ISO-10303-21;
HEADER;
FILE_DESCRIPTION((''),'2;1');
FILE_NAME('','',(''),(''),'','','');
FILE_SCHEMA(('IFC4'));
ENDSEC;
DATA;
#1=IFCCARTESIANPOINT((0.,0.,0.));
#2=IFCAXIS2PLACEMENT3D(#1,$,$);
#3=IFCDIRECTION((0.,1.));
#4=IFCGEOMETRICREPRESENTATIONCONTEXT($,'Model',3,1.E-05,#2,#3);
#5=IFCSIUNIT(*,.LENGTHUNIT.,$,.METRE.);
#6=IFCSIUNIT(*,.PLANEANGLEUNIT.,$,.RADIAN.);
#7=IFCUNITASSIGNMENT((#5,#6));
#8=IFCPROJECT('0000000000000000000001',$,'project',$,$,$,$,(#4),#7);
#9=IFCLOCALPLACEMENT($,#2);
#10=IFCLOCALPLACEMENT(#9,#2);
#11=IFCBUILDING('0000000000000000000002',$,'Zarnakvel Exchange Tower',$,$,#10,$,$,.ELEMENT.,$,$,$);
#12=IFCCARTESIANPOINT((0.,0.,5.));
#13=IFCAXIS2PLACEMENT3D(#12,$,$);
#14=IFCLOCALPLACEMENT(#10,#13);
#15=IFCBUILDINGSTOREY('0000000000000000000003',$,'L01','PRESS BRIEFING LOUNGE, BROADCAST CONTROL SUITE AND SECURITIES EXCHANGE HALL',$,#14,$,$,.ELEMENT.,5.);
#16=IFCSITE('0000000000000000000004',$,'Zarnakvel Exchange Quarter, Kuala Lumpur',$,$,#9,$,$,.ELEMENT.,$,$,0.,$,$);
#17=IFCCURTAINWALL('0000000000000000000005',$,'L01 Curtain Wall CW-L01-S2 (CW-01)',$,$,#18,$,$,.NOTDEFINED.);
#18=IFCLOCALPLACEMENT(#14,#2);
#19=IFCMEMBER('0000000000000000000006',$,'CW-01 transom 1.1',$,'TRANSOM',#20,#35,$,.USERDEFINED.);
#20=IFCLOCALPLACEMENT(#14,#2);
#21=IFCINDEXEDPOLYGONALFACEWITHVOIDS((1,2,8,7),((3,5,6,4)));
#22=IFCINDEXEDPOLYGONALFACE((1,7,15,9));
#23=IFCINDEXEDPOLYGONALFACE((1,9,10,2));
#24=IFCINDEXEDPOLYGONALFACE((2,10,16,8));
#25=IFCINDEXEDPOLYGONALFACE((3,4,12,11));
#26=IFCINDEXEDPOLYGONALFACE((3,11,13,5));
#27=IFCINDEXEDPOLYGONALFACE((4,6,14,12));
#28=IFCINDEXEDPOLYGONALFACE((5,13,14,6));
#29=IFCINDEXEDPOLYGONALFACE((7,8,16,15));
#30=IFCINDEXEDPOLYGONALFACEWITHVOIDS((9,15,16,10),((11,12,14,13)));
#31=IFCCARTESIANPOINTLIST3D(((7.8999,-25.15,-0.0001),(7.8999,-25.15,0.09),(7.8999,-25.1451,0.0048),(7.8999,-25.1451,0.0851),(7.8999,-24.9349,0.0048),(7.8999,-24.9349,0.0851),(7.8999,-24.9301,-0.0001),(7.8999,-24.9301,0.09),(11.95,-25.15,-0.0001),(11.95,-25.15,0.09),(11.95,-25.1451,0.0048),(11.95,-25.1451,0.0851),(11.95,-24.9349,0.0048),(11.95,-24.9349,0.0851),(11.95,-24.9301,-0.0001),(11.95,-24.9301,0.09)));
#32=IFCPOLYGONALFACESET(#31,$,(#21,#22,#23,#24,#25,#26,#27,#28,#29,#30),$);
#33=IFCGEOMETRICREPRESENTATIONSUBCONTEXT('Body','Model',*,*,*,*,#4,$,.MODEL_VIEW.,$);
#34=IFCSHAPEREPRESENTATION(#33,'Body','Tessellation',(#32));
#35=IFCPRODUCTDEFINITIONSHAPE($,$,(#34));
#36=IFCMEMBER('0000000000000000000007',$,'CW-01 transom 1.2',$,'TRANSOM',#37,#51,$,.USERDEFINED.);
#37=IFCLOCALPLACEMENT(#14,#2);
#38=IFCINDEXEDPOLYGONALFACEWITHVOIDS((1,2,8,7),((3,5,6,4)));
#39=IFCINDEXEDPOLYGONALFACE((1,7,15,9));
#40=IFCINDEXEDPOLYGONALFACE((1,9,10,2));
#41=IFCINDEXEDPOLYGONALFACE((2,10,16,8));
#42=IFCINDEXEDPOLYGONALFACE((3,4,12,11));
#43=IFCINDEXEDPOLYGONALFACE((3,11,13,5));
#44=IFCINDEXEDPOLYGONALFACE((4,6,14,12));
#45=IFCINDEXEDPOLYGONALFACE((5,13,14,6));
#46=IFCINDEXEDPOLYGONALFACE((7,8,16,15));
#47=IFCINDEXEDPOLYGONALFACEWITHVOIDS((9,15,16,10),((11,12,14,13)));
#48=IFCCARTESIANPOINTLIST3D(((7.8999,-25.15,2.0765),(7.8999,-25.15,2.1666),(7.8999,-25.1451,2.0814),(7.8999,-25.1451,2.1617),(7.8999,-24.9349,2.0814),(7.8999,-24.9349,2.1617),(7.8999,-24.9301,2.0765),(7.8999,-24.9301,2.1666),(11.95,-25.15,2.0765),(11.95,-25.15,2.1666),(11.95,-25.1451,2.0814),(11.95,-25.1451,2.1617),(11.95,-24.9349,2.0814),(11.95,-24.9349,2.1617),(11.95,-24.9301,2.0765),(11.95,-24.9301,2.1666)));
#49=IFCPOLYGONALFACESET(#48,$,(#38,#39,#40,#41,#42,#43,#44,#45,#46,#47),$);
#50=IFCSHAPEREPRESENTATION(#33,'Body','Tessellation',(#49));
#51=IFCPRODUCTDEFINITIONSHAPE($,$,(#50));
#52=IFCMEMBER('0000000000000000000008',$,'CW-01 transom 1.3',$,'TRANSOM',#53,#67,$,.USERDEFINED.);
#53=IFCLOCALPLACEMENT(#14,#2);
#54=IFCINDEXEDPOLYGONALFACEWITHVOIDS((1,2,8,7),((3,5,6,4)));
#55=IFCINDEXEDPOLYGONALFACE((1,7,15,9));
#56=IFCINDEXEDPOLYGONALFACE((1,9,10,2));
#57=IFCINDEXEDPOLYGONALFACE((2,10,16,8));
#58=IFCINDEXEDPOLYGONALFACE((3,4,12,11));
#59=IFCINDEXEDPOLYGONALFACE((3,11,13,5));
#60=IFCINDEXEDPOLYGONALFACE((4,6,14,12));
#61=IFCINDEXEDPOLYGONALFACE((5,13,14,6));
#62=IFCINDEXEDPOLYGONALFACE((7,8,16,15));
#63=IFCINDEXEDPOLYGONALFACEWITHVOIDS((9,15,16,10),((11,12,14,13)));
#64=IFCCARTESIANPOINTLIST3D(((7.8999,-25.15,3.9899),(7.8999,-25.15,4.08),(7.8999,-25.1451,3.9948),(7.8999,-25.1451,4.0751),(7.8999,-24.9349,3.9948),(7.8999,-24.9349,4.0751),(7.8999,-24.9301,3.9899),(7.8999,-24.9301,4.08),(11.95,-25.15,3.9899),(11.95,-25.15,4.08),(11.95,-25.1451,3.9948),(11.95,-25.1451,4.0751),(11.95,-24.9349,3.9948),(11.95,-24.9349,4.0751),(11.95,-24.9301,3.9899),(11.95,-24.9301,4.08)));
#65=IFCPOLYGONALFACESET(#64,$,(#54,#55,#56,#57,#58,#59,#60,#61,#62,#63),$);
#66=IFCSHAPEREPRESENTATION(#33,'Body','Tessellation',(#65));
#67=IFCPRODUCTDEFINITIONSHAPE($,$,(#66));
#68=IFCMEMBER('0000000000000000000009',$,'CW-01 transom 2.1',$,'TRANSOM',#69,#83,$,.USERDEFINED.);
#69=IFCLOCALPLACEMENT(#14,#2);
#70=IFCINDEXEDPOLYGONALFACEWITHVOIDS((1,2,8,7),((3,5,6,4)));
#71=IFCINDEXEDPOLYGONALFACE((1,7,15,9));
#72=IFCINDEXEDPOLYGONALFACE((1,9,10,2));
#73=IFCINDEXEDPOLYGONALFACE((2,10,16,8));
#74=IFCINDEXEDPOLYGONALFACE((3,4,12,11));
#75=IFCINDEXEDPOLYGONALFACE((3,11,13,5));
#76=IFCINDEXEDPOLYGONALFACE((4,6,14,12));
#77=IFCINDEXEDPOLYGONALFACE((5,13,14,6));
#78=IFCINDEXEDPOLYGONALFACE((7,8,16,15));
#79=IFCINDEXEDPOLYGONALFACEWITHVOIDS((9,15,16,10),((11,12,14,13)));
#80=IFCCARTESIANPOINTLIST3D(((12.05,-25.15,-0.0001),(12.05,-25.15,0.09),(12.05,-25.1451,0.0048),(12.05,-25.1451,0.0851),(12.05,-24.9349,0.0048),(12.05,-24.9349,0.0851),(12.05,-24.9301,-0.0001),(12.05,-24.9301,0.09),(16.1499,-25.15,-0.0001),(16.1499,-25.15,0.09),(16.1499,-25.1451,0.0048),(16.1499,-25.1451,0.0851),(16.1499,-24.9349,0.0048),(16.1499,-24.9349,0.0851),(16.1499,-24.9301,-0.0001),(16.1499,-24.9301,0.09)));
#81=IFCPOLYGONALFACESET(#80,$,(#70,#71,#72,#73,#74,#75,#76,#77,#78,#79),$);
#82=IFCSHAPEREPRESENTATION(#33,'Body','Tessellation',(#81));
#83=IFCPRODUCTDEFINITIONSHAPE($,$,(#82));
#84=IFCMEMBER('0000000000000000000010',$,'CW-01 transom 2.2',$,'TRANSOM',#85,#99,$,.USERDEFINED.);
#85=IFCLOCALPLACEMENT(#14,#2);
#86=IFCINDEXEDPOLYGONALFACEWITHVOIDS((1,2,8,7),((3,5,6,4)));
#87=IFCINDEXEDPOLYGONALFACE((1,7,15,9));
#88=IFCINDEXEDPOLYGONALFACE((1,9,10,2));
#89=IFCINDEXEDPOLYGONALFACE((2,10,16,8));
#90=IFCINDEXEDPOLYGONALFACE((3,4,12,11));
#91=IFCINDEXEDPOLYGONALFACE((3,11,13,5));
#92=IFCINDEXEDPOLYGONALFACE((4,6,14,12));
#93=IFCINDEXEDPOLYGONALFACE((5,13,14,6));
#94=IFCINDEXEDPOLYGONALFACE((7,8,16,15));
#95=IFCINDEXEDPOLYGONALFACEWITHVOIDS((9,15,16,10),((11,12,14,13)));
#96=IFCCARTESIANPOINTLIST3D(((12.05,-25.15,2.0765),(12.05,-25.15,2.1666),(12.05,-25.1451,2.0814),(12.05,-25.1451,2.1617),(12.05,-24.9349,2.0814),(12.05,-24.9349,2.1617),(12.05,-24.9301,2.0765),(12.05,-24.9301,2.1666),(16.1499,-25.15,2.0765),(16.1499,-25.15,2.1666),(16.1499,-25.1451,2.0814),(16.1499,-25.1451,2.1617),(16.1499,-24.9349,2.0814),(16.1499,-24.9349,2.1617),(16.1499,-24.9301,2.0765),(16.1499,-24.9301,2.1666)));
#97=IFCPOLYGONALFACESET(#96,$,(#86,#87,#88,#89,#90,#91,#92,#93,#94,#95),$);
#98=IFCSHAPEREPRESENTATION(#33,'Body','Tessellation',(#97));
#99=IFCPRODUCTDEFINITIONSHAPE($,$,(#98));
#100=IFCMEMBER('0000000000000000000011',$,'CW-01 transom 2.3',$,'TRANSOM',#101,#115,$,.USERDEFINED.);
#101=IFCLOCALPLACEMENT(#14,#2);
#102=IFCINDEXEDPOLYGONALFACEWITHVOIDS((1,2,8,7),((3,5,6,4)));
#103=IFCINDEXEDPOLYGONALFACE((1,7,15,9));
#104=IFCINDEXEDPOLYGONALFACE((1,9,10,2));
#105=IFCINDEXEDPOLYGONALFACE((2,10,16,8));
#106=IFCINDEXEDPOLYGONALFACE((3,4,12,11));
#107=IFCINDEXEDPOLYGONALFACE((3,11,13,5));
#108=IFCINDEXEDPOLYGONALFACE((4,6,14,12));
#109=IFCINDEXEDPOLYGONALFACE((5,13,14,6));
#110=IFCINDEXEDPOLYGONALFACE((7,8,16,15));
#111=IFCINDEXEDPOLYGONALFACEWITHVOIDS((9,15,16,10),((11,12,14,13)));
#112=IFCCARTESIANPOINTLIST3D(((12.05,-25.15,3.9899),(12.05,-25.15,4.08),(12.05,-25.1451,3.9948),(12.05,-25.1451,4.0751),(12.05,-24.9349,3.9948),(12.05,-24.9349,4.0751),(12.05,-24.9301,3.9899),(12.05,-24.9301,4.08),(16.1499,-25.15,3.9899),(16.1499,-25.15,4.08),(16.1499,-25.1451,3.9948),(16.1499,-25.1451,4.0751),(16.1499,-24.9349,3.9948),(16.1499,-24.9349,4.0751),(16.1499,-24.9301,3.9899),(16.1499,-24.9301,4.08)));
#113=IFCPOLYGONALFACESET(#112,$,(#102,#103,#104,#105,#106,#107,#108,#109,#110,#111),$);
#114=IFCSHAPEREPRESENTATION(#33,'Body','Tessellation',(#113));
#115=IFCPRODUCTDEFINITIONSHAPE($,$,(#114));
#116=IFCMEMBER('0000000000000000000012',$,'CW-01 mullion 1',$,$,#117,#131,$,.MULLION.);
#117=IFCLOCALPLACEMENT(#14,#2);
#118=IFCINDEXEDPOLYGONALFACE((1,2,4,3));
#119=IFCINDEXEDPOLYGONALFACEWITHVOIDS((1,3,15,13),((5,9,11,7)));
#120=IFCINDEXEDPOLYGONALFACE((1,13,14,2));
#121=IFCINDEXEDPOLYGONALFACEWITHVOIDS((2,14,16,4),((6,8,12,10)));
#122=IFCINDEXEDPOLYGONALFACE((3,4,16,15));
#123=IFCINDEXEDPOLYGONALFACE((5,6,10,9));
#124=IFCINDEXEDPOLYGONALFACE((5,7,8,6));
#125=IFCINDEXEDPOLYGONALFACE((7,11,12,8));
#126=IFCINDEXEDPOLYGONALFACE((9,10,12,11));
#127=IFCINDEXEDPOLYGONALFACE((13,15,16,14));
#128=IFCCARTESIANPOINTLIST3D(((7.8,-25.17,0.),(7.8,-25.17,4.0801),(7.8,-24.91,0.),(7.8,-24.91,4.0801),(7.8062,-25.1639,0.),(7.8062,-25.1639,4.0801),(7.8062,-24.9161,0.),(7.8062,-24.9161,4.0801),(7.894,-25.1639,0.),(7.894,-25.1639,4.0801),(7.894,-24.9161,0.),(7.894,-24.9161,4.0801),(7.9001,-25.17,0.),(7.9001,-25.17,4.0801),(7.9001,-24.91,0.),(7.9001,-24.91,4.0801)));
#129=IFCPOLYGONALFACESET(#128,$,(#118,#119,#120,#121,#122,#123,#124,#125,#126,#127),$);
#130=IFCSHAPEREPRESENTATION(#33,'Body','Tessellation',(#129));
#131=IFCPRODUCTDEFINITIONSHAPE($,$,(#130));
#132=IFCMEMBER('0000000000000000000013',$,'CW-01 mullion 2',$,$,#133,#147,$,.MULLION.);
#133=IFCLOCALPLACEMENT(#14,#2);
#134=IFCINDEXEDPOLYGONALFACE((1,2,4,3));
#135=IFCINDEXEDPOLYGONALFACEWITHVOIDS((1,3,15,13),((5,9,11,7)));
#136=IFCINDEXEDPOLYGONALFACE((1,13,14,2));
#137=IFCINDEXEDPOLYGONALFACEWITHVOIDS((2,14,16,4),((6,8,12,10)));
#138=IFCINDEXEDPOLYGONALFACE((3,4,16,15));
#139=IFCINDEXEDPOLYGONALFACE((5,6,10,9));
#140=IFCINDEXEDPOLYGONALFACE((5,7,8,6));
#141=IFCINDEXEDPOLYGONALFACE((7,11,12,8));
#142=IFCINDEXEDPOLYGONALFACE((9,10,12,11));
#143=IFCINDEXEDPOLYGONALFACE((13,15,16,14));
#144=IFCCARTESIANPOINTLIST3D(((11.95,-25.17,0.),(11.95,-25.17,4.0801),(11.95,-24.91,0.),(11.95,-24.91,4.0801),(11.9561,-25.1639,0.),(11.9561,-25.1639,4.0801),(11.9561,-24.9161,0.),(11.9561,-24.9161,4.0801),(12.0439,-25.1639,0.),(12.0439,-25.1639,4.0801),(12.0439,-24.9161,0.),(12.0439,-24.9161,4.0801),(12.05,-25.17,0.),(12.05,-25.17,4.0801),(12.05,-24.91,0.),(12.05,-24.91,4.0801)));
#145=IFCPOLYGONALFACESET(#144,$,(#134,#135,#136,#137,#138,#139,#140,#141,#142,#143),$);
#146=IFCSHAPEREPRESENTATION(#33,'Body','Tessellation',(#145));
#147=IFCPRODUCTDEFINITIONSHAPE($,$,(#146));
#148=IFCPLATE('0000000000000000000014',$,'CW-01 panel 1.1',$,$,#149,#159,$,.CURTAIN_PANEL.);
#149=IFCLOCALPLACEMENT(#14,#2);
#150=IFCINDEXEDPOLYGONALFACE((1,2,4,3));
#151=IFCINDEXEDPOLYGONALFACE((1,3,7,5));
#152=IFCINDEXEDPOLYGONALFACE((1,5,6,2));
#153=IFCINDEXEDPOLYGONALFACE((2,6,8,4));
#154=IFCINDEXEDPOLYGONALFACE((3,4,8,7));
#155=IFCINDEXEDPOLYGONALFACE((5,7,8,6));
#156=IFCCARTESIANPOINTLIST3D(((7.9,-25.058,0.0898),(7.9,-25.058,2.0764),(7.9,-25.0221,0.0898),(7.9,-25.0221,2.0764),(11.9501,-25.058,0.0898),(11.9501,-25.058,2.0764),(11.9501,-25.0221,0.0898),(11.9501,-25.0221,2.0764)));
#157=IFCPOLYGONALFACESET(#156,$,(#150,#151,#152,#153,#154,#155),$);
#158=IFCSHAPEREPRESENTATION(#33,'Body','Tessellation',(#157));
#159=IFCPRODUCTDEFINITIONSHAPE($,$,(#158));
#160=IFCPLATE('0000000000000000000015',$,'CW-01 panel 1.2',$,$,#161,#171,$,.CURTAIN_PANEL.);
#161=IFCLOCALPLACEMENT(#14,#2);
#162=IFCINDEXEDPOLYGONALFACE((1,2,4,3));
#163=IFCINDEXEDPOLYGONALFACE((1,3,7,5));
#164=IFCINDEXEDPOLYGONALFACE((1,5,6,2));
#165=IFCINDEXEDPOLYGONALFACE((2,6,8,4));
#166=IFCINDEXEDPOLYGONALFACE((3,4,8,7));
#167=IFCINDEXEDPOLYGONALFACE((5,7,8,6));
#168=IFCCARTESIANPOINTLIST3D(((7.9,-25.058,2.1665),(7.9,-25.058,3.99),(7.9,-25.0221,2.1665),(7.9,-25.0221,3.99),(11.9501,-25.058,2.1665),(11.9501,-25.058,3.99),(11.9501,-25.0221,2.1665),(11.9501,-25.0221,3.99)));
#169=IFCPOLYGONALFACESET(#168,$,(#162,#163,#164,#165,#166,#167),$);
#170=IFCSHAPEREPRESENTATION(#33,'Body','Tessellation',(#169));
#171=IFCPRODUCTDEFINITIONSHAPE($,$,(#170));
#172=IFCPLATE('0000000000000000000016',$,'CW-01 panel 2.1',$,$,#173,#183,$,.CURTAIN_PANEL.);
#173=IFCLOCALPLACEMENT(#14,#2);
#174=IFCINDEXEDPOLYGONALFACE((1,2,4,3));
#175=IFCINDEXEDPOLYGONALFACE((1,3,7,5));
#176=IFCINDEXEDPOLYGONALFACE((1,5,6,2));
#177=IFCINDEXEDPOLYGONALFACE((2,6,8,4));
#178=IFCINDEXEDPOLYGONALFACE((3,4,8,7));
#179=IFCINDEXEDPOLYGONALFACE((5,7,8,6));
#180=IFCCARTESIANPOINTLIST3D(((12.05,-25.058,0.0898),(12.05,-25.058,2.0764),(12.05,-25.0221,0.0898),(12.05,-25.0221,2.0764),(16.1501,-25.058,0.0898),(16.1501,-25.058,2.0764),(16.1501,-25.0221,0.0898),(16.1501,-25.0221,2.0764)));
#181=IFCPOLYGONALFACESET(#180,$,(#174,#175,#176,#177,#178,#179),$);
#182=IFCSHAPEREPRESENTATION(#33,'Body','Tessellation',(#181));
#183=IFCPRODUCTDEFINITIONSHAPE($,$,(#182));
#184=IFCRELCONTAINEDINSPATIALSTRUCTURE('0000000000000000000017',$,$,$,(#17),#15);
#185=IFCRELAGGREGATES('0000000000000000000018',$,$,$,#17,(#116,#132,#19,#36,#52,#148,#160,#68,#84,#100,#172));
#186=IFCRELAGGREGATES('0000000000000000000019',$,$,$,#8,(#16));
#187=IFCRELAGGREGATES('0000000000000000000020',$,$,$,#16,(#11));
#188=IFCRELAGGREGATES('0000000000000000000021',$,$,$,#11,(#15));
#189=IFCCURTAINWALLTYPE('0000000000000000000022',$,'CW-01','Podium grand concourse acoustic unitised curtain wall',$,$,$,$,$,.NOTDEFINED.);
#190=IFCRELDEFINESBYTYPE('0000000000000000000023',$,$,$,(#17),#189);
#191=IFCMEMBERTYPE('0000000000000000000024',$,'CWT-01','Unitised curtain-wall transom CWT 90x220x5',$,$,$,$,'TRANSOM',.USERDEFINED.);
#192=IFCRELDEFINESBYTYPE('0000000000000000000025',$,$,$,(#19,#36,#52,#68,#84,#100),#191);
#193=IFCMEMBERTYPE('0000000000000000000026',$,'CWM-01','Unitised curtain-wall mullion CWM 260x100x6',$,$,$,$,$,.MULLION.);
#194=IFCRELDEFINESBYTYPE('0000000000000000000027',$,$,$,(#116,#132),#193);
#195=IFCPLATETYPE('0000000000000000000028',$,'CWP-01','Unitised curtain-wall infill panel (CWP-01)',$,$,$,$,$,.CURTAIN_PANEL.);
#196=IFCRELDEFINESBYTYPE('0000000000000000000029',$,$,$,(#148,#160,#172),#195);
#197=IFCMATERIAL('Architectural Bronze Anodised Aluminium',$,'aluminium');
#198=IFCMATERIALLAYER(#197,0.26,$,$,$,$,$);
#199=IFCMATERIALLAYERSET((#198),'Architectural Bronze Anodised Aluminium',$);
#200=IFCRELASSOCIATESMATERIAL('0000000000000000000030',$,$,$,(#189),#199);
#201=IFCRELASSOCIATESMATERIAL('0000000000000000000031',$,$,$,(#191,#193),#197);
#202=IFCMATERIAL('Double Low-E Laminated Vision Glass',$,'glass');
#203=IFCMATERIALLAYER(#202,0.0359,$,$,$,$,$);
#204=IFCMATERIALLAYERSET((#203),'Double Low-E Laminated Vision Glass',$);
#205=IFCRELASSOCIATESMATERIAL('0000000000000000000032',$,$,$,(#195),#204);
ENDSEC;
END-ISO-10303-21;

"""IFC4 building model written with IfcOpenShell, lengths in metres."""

from ifc_helpers import new_model, si_unit, direction, frame, origin, origin_2d, place, context, subcontext, project, spatial, rectangle, hollow_rectangle, extrude, source, transform, mapped, material, layer, layer_set, material_profile, profile_set, type_object, element, aggregate, save


model = new_model("IFC4")

# Units and contexts
model_context = context("Model", 3, precision=1e-05, world=origin(), true_north=direction((0.0, 1.0)))
body_context = subcontext(model_context, "Body", "Model", "MODEL_VIEW")
ifc_project = project(units=[si_unit("LENGTHUNIT", "METRE"), si_unit("PLANEANGLEUNIT", "RADIAN")], contexts=[model_context])

# Site, building, storey
site_placement = place(None, origin())
site = spatial("IfcSite", under=ifc_project, at=site_placement, Name="Zarnakvel Exchange Quarter, Kuala Lumpur", CompositionType="ELEMENT", RefElevation=0.0)
building_placement = place(site_placement, origin())
building = spatial("IfcBuilding", under=site, at=building_placement, Name="Zarnakvel Exchange Tower", CompositionType="ELEMENT")
storey_placement = place(building_placement, frame((0.0, 0.0, 5.0)))
storey = spatial("IfcBuildingStorey", under=building, at=storey_placement, Name="L01", Description="PRESS BRIEFING LOUNGE, BROADCAST CONTROL SUITE AND SECURITIES EXCHANGE HALL", CompositionType="ELEMENT", Elevation=5.0)

# Curtain wall, members, plates
ifc_material_1 = material(Name="Architectural Bronze Anodised Aluminium", Category="aluminium")
ifc_layer_1 = layer(ifc_material_1, 0.26)
ifc_layer_set_1 = layer_set([ifc_layer_1], Name="Architectural Bronze Anodised Aluminium")
curtain_wall_type = type_object("IfcCurtainWallType", Name="CW-01", Description="Podium grand concourse acoustic unitised curtain wall", PredefinedType="NOTDEFINED", material=ifc_layer_set_1)
curtain_wall_placement = place(storey_placement, origin())
curtain_wall = element("IfcCurtainWall", 1, at=curtain_wall_placement, inside=storey, type_object=curtain_wall_type, Name="L01 Curtain Wall CW-L01-S2 (CW-01)", PredefinedType="NOTDEFINED")
ifc_material_profile_1 = material_profile(ifc_material_1, hollow_rectangle(XDim=0.22, YDim=0.0901, WallThickness=0.0049, at=origin_2d()))
ifc_profile_set_1 = profile_set([ifc_material_profile_1], Name="Architectural Bronze Anodised Aluminium")
member_type_1 = type_object("IfcMemberType", Name="CWT-01", Description="Unitised curtain-wall transom CWT 90x220x5", ElementType="TRANSOM", PredefinedType="USERDEFINED", material=ifc_profile_set_1)
shared_shape_1 = source(origin(), body_context, "Body", "SweptSolid", [
    extrude(hollow_rectangle(XDim=0.22, YDim=0.0901, WallThickness=0.0049, at=origin_2d()), origin(), (0.0, 0.0, 1.0), 4.05),
])
member_1_placement = place(storey_placement, frame((7.8999, -25.04, 0.0449), z_axis=(1.0, 0.0, 0.0), x_axis=(0.0, 1.0, 0.0)))
member_1 = element("IfcMember", 2, at=member_1_placement, type_object=member_type_1, Name="CW-01 transom 1.1", ObjectType="TRANSOM", PredefinedType="USERDEFINED", context=body_context, shape_type="MappedRepresentation", body=[
    mapped(shared_shape_1, transform((0.0, 0.0, 0.0), x_axis=(1.0, 0.0, 0.0), y_axis=(0.0, 1.0, 0.0), z_axis=(0.0, 0.0, 1.0), scale=1.0)),
])
member_2_placement = place(storey_placement, frame((7.8999, -25.04, 2.1216), z_axis=(1.0, 0.0, 0.0), x_axis=(0.0, 1.0, 0.0)))
member_2 = element("IfcMember", 3, at=member_2_placement, type_object=member_type_1, Name="CW-01 transom 1.2", ObjectType="TRANSOM", PredefinedType="USERDEFINED", context=body_context, shape_type="MappedRepresentation", body=[
    mapped(shared_shape_1, transform((0.0, 0.0, 0.0), x_axis=(1.0, 0.0, 0.0), y_axis=(0.0, 1.0, 0.0), z_axis=(0.0, 0.0, 1.0), scale=1.0)),
])
member_3_placement = place(storey_placement, frame((7.8999, -25.04, 4.0349), z_axis=(1.0, 0.0, 0.0), x_axis=(0.0, 1.0, 0.0)))
member_3 = element("IfcMember", 4, at=member_3_placement, type_object=member_type_1, Name="CW-01 transom 1.3", ObjectType="TRANSOM", PredefinedType="USERDEFINED", context=body_context, shape_type="MappedRepresentation", body=[
    mapped(shared_shape_1, transform((0.0, 0.0, 0.0), x_axis=(1.0, 0.0, 0.0), y_axis=(0.0, 1.0, 0.0), z_axis=(0.0, 0.0, 1.0), scale=1.0)),
])
shared_shape_2 = source(origin(), body_context, "Body", "SweptSolid", [
    extrude(hollow_rectangle(XDim=0.22, YDim=0.0901, WallThickness=0.0049, at=origin_2d()), origin(), (0.0, 0.0, 1.0), 4.0999),
])
member_4_placement = place(storey_placement, frame((12.05, -25.04, 0.0449), z_axis=(1.0, 0.0, 0.0), x_axis=(0.0, 1.0, 0.0)))
member_4 = element("IfcMember", 5, at=member_4_placement, type_object=member_type_1, Name="CW-01 transom 2.1", ObjectType="TRANSOM", PredefinedType="USERDEFINED", context=body_context, shape_type="MappedRepresentation", body=[
    mapped(shared_shape_2, transform((0.0, 0.0, 0.0), x_axis=(1.0, 0.0, 0.0), y_axis=(0.0, 1.0, 0.0), z_axis=(0.0, 0.0, 1.0), scale=1.0)),
])
member_5_placement = place(storey_placement, frame((12.05, -25.04, 2.1216), z_axis=(1.0, 0.0, 0.0), x_axis=(0.0, 1.0, 0.0)))
member_5 = element("IfcMember", 6, at=member_5_placement, type_object=member_type_1, Name="CW-01 transom 2.2", ObjectType="TRANSOM", PredefinedType="USERDEFINED", context=body_context, shape_type="MappedRepresentation", body=[
    mapped(shared_shape_2, transform((0.0, 0.0, 0.0), x_axis=(1.0, 0.0, 0.0), y_axis=(0.0, 1.0, 0.0), z_axis=(0.0, 0.0, 1.0), scale=1.0)),
])
member_6_placement = place(storey_placement, frame((12.05, -25.04, 4.0349), z_axis=(1.0, 0.0, 0.0), x_axis=(0.0, 1.0, 0.0)))
member_6 = element("IfcMember", 7, at=member_6_placement, type_object=member_type_1, Name="CW-01 transom 2.3", ObjectType="TRANSOM", PredefinedType="USERDEFINED", context=body_context, shape_type="MappedRepresentation", body=[
    mapped(shared_shape_2, transform((0.0, 0.0, 0.0), x_axis=(1.0, 0.0, 0.0), y_axis=(0.0, 1.0, 0.0), z_axis=(0.0, 0.0, 1.0), scale=1.0)),
])
ifc_material_profile_2 = material_profile(ifc_material_1, hollow_rectangle(XDim=0.26, YDim=0.1001, WallThickness=0.0061, at=origin_2d()))
ifc_profile_set_2 = profile_set([ifc_material_profile_2], Name="Architectural Bronze Anodised Aluminium")
member_type_2 = type_object("IfcMemberType", Name="CWM-01", Description="Unitised curtain-wall mullion CWM 260x100x6", PredefinedType="MULLION", material=ifc_profile_set_2)
shared_shape_3 = source(origin(), body_context, "Body", "SweptSolid", [
    extrude(hollow_rectangle(XDim=0.26, YDim=0.1001, WallThickness=0.0061, at=origin_2d()), origin(), (0.0, 0.0, 1.0), 4.0801),
])
member_7_placement = place(storey_placement, frame((7.8501, -25.04, 0.0), z_axis=(0.0, 0.0, 1.0), x_axis=(0.0, 1.0, 0.0)))
member_7 = element("IfcMember", 8, at=member_7_placement, type_object=member_type_2, Name="CW-01 mullion 1", PredefinedType="MULLION", context=body_context, shape_type="MappedRepresentation", body=[
    mapped(shared_shape_3, transform((0.0, 0.0, 0.0), x_axis=(1.0, 0.0, 0.0), y_axis=(0.0, 1.0, 0.0), z_axis=(0.0, 0.0, 1.0), scale=1.0)),
])
member_8_placement = place(storey_placement, frame((12.0, -25.04, 0.0), z_axis=(0.0, 0.0, 1.0), x_axis=(0.0, 1.0, 0.0)))
member_8 = element("IfcMember", 9, at=member_8_placement, type_object=member_type_2, Name="CW-01 mullion 2", PredefinedType="MULLION", context=body_context, shape_type="MappedRepresentation", body=[
    mapped(shared_shape_3, transform((0.0, 0.0, 0.0), x_axis=(1.0, 0.0, 0.0), y_axis=(0.0, 1.0, 0.0), z_axis=(0.0, 0.0, 1.0), scale=1.0)),
])
ifc_material_2 = material(Name="Double Low-E Laminated Vision Glass", Category="glass")
ifc_layer_2 = layer(ifc_material_2, 0.0359)
ifc_layer_set_2 = layer_set([ifc_layer_2], Name="Double Low-E Laminated Vision Glass")
plate_type = type_object("IfcPlateType", Name="CWP-01", Description="Unitised curtain-wall infill panel (CWP-01)", PredefinedType="CURTAIN_PANEL", material=ifc_layer_set_2)
shared_shape_4 = source(origin(), body_context, "Body", "SweptSolid", [
    extrude(rectangle(XDim=4.05, YDim=0.0359, at=origin_2d()), origin(), (0.0, 0.0, 1.0), 1.9866),
])
plate_1_placement = place(storey_placement, frame((9.925, -25.04, 0.0898), z_axis=(0.0, 0.0, 1.0), x_axis=(1.0, 0.0, 0.0)))
plate_1 = element("IfcPlate", 10, at=plate_1_placement, type_object=plate_type, Name="CW-01 panel 1.1", PredefinedType="CURTAIN_PANEL", context=body_context, shape_type="MappedRepresentation", body=[
    mapped(shared_shape_4, transform((0.0, 0.0, 0.0), x_axis=(1.0, 0.0, 0.0), y_axis=(0.0, 1.0, 0.0), z_axis=(0.0, 0.0, 1.0), scale=1.0)),
])
shared_shape_5 = source(origin(), body_context, "Body", "SweptSolid", [
    extrude(rectangle(XDim=4.05, YDim=0.0359, at=origin_2d()), origin(), (0.0, 0.0, 1.0), 1.8235),
])
plate_2_placement = place(storey_placement, frame((9.925, -25.04, 2.1665), z_axis=(0.0, 0.0, 1.0), x_axis=(1.0, 0.0, 0.0)))
plate_2 = element("IfcPlate", 11, at=plate_2_placement, type_object=plate_type, Name="CW-01 panel 1.2", PredefinedType="CURTAIN_PANEL", context=body_context, shape_type="MappedRepresentation", body=[
    mapped(shared_shape_5, transform((0.0, 0.0, 0.0), x_axis=(1.0, 0.0, 0.0), y_axis=(0.0, 1.0, 0.0), z_axis=(0.0, 0.0, 1.0), scale=1.0)),
])
shared_shape_6 = source(origin(), body_context, "Body", "SweptSolid", [
    extrude(rectangle(XDim=4.1001, YDim=0.0359, at=origin_2d()), origin(), (0.0, 0.0, 1.0), 1.9866),
])
plate_3_placement = place(storey_placement, frame((14.1001, -25.04, 0.0898), z_axis=(0.0, 0.0, 1.0), x_axis=(1.0, 0.0, 0.0)))
plate_3 = element("IfcPlate", 12, at=plate_3_placement, type_object=plate_type, Name="CW-01 panel 2.1", PredefinedType="CURTAIN_PANEL", context=body_context, shape_type="MappedRepresentation", body=[
    mapped(shared_shape_6, transform((0.0, 0.0, 0.0), x_axis=(1.0, 0.0, 0.0), y_axis=(0.0, 1.0, 0.0), z_axis=(0.0, 0.0, 1.0), scale=1.0)),
])
aggregate(curtain_wall, [member_7, member_8, member_1, member_2, member_3, plate_1, plate_2, member_4, member_5, member_6, plate_3])

save(model, "model.ifc")
